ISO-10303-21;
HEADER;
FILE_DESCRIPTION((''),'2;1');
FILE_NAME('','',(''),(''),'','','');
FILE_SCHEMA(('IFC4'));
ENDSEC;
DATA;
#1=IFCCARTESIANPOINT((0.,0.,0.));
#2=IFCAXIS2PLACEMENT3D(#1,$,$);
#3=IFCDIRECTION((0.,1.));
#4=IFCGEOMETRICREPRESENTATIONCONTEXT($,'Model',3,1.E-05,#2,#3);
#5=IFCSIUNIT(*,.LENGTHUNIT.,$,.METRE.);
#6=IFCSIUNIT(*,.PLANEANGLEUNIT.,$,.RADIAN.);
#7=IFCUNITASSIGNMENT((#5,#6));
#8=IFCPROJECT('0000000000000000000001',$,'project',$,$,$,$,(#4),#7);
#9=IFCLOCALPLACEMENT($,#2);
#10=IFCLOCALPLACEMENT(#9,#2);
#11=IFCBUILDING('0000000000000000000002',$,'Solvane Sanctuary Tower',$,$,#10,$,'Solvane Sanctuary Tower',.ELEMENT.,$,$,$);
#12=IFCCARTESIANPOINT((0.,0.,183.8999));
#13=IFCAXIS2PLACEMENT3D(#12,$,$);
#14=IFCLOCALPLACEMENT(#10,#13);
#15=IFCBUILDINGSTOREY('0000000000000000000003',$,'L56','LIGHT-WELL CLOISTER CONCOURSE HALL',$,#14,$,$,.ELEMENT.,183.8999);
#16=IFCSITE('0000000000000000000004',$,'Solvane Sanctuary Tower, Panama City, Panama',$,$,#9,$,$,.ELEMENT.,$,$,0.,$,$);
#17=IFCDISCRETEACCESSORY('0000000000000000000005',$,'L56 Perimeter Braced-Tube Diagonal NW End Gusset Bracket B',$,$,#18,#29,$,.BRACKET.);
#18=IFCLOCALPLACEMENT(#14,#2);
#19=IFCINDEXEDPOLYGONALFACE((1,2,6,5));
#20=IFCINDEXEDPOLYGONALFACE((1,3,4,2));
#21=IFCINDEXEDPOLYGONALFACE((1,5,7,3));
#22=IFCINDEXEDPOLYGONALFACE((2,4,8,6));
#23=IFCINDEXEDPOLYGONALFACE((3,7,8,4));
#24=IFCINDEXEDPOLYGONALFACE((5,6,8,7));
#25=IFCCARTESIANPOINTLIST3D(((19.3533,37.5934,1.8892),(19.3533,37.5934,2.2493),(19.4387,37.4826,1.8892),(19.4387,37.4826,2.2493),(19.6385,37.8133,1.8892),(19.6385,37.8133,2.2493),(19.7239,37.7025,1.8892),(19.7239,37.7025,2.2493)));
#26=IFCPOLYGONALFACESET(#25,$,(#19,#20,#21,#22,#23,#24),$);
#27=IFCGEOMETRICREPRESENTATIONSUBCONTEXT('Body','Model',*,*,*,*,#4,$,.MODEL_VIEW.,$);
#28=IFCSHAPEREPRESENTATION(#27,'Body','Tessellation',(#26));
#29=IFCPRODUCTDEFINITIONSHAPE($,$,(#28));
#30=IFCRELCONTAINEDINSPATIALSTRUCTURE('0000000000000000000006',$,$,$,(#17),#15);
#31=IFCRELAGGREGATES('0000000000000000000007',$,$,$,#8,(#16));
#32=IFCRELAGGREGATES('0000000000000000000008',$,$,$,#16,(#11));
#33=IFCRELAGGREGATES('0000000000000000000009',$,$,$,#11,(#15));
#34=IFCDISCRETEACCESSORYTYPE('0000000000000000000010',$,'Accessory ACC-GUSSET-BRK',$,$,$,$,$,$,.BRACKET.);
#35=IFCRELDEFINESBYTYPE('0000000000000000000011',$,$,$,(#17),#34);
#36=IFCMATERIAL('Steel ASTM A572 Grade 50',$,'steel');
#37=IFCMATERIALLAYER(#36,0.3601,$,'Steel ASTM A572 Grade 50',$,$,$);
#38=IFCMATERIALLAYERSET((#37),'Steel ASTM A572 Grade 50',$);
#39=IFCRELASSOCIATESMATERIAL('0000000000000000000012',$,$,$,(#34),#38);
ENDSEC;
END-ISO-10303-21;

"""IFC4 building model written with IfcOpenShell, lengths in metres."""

from ifc_helpers import new_model, si_unit, direction, frame, origin, origin_2d, place, context, subcontext, project, spatial, rectangle, extrude, material, layer, layer_set, type_object, element, save


model = new_model("IFC4")

# Units and contexts
model_context = context("Model", 3, precision=1e-05, world=origin(), true_north=direction((0.0, 1.0)))
body_context = subcontext(model_context, "Body", "Model", "MODEL_VIEW")
ifc_project = project(units=[si_unit("LENGTHUNIT", "METRE"), si_unit("PLANEANGLEUNIT", "RADIAN")], contexts=[model_context])

# Site, building, storey
site_placement = place(None, origin())
site = spatial("IfcSite", under=ifc_project, at=site_placement, Name="Solvane Sanctuary Tower, Panama City, Panama", CompositionType="ELEMENT", RefElevation=0.0)
building_placement = place(site_placement, origin())
building = spatial("IfcBuilding", under=site, at=building_placement, Name="Solvane Sanctuary Tower", LongName="Solvane Sanctuary Tower", CompositionType="ELEMENT")
storey_placement = place(building_placement, frame((0.0, 0.0, 183.8999)))
storey = spatial("IfcBuildingStorey", under=building, at=storey_placement, Name="L56", Description="LIGHT-WELL CLOISTER CONCOURSE HALL", CompositionType="ELEMENT", Elevation=183.8999)

# Discrete accessory
ifc_material_1 = material(Name="Steel ASTM A572 Grade 50", Category="steel")
ifc_layer_1 = layer(ifc_material_1, 0.3601, Name="Steel ASTM A572 Grade 50")
ifc_layer_set_1 = layer_set([ifc_layer_1], Name="Steel ASTM A572 Grade 50")
discrete_accessory_type = type_object("IfcDiscreteAccessoryType", Name="Accessory ACC-GUSSET-BRK", PredefinedType="BRACKET", material=ifc_layer_set_1)
for number, where, z_axis, x_axis, name in (
    (1, (19.5386, 37.6479, 1.8892), (0.0, 0.0, 1.0), (0.792077, 0.610422, 0.0), "L56 Perimeter Braced-Tube Diagonal NW End Gusset Bracket B"),
):
    element("IfcDiscreteAccessory", number, at=place(storey_placement, frame(where, z_axis=z_axis, x_axis=x_axis)), inside=storey, type_object=discrete_accessory_type, Name=name, PredefinedType="BRACKET", context=body_context, shape_type="SweptSolid", body=[
        extrude(rectangle(XDim=0.3601, YDim=0.1399, at=origin_2d()), origin(), (0.0, 0.0, 1.0), 0.3601),
    ])

save(model, "model.ifc")
